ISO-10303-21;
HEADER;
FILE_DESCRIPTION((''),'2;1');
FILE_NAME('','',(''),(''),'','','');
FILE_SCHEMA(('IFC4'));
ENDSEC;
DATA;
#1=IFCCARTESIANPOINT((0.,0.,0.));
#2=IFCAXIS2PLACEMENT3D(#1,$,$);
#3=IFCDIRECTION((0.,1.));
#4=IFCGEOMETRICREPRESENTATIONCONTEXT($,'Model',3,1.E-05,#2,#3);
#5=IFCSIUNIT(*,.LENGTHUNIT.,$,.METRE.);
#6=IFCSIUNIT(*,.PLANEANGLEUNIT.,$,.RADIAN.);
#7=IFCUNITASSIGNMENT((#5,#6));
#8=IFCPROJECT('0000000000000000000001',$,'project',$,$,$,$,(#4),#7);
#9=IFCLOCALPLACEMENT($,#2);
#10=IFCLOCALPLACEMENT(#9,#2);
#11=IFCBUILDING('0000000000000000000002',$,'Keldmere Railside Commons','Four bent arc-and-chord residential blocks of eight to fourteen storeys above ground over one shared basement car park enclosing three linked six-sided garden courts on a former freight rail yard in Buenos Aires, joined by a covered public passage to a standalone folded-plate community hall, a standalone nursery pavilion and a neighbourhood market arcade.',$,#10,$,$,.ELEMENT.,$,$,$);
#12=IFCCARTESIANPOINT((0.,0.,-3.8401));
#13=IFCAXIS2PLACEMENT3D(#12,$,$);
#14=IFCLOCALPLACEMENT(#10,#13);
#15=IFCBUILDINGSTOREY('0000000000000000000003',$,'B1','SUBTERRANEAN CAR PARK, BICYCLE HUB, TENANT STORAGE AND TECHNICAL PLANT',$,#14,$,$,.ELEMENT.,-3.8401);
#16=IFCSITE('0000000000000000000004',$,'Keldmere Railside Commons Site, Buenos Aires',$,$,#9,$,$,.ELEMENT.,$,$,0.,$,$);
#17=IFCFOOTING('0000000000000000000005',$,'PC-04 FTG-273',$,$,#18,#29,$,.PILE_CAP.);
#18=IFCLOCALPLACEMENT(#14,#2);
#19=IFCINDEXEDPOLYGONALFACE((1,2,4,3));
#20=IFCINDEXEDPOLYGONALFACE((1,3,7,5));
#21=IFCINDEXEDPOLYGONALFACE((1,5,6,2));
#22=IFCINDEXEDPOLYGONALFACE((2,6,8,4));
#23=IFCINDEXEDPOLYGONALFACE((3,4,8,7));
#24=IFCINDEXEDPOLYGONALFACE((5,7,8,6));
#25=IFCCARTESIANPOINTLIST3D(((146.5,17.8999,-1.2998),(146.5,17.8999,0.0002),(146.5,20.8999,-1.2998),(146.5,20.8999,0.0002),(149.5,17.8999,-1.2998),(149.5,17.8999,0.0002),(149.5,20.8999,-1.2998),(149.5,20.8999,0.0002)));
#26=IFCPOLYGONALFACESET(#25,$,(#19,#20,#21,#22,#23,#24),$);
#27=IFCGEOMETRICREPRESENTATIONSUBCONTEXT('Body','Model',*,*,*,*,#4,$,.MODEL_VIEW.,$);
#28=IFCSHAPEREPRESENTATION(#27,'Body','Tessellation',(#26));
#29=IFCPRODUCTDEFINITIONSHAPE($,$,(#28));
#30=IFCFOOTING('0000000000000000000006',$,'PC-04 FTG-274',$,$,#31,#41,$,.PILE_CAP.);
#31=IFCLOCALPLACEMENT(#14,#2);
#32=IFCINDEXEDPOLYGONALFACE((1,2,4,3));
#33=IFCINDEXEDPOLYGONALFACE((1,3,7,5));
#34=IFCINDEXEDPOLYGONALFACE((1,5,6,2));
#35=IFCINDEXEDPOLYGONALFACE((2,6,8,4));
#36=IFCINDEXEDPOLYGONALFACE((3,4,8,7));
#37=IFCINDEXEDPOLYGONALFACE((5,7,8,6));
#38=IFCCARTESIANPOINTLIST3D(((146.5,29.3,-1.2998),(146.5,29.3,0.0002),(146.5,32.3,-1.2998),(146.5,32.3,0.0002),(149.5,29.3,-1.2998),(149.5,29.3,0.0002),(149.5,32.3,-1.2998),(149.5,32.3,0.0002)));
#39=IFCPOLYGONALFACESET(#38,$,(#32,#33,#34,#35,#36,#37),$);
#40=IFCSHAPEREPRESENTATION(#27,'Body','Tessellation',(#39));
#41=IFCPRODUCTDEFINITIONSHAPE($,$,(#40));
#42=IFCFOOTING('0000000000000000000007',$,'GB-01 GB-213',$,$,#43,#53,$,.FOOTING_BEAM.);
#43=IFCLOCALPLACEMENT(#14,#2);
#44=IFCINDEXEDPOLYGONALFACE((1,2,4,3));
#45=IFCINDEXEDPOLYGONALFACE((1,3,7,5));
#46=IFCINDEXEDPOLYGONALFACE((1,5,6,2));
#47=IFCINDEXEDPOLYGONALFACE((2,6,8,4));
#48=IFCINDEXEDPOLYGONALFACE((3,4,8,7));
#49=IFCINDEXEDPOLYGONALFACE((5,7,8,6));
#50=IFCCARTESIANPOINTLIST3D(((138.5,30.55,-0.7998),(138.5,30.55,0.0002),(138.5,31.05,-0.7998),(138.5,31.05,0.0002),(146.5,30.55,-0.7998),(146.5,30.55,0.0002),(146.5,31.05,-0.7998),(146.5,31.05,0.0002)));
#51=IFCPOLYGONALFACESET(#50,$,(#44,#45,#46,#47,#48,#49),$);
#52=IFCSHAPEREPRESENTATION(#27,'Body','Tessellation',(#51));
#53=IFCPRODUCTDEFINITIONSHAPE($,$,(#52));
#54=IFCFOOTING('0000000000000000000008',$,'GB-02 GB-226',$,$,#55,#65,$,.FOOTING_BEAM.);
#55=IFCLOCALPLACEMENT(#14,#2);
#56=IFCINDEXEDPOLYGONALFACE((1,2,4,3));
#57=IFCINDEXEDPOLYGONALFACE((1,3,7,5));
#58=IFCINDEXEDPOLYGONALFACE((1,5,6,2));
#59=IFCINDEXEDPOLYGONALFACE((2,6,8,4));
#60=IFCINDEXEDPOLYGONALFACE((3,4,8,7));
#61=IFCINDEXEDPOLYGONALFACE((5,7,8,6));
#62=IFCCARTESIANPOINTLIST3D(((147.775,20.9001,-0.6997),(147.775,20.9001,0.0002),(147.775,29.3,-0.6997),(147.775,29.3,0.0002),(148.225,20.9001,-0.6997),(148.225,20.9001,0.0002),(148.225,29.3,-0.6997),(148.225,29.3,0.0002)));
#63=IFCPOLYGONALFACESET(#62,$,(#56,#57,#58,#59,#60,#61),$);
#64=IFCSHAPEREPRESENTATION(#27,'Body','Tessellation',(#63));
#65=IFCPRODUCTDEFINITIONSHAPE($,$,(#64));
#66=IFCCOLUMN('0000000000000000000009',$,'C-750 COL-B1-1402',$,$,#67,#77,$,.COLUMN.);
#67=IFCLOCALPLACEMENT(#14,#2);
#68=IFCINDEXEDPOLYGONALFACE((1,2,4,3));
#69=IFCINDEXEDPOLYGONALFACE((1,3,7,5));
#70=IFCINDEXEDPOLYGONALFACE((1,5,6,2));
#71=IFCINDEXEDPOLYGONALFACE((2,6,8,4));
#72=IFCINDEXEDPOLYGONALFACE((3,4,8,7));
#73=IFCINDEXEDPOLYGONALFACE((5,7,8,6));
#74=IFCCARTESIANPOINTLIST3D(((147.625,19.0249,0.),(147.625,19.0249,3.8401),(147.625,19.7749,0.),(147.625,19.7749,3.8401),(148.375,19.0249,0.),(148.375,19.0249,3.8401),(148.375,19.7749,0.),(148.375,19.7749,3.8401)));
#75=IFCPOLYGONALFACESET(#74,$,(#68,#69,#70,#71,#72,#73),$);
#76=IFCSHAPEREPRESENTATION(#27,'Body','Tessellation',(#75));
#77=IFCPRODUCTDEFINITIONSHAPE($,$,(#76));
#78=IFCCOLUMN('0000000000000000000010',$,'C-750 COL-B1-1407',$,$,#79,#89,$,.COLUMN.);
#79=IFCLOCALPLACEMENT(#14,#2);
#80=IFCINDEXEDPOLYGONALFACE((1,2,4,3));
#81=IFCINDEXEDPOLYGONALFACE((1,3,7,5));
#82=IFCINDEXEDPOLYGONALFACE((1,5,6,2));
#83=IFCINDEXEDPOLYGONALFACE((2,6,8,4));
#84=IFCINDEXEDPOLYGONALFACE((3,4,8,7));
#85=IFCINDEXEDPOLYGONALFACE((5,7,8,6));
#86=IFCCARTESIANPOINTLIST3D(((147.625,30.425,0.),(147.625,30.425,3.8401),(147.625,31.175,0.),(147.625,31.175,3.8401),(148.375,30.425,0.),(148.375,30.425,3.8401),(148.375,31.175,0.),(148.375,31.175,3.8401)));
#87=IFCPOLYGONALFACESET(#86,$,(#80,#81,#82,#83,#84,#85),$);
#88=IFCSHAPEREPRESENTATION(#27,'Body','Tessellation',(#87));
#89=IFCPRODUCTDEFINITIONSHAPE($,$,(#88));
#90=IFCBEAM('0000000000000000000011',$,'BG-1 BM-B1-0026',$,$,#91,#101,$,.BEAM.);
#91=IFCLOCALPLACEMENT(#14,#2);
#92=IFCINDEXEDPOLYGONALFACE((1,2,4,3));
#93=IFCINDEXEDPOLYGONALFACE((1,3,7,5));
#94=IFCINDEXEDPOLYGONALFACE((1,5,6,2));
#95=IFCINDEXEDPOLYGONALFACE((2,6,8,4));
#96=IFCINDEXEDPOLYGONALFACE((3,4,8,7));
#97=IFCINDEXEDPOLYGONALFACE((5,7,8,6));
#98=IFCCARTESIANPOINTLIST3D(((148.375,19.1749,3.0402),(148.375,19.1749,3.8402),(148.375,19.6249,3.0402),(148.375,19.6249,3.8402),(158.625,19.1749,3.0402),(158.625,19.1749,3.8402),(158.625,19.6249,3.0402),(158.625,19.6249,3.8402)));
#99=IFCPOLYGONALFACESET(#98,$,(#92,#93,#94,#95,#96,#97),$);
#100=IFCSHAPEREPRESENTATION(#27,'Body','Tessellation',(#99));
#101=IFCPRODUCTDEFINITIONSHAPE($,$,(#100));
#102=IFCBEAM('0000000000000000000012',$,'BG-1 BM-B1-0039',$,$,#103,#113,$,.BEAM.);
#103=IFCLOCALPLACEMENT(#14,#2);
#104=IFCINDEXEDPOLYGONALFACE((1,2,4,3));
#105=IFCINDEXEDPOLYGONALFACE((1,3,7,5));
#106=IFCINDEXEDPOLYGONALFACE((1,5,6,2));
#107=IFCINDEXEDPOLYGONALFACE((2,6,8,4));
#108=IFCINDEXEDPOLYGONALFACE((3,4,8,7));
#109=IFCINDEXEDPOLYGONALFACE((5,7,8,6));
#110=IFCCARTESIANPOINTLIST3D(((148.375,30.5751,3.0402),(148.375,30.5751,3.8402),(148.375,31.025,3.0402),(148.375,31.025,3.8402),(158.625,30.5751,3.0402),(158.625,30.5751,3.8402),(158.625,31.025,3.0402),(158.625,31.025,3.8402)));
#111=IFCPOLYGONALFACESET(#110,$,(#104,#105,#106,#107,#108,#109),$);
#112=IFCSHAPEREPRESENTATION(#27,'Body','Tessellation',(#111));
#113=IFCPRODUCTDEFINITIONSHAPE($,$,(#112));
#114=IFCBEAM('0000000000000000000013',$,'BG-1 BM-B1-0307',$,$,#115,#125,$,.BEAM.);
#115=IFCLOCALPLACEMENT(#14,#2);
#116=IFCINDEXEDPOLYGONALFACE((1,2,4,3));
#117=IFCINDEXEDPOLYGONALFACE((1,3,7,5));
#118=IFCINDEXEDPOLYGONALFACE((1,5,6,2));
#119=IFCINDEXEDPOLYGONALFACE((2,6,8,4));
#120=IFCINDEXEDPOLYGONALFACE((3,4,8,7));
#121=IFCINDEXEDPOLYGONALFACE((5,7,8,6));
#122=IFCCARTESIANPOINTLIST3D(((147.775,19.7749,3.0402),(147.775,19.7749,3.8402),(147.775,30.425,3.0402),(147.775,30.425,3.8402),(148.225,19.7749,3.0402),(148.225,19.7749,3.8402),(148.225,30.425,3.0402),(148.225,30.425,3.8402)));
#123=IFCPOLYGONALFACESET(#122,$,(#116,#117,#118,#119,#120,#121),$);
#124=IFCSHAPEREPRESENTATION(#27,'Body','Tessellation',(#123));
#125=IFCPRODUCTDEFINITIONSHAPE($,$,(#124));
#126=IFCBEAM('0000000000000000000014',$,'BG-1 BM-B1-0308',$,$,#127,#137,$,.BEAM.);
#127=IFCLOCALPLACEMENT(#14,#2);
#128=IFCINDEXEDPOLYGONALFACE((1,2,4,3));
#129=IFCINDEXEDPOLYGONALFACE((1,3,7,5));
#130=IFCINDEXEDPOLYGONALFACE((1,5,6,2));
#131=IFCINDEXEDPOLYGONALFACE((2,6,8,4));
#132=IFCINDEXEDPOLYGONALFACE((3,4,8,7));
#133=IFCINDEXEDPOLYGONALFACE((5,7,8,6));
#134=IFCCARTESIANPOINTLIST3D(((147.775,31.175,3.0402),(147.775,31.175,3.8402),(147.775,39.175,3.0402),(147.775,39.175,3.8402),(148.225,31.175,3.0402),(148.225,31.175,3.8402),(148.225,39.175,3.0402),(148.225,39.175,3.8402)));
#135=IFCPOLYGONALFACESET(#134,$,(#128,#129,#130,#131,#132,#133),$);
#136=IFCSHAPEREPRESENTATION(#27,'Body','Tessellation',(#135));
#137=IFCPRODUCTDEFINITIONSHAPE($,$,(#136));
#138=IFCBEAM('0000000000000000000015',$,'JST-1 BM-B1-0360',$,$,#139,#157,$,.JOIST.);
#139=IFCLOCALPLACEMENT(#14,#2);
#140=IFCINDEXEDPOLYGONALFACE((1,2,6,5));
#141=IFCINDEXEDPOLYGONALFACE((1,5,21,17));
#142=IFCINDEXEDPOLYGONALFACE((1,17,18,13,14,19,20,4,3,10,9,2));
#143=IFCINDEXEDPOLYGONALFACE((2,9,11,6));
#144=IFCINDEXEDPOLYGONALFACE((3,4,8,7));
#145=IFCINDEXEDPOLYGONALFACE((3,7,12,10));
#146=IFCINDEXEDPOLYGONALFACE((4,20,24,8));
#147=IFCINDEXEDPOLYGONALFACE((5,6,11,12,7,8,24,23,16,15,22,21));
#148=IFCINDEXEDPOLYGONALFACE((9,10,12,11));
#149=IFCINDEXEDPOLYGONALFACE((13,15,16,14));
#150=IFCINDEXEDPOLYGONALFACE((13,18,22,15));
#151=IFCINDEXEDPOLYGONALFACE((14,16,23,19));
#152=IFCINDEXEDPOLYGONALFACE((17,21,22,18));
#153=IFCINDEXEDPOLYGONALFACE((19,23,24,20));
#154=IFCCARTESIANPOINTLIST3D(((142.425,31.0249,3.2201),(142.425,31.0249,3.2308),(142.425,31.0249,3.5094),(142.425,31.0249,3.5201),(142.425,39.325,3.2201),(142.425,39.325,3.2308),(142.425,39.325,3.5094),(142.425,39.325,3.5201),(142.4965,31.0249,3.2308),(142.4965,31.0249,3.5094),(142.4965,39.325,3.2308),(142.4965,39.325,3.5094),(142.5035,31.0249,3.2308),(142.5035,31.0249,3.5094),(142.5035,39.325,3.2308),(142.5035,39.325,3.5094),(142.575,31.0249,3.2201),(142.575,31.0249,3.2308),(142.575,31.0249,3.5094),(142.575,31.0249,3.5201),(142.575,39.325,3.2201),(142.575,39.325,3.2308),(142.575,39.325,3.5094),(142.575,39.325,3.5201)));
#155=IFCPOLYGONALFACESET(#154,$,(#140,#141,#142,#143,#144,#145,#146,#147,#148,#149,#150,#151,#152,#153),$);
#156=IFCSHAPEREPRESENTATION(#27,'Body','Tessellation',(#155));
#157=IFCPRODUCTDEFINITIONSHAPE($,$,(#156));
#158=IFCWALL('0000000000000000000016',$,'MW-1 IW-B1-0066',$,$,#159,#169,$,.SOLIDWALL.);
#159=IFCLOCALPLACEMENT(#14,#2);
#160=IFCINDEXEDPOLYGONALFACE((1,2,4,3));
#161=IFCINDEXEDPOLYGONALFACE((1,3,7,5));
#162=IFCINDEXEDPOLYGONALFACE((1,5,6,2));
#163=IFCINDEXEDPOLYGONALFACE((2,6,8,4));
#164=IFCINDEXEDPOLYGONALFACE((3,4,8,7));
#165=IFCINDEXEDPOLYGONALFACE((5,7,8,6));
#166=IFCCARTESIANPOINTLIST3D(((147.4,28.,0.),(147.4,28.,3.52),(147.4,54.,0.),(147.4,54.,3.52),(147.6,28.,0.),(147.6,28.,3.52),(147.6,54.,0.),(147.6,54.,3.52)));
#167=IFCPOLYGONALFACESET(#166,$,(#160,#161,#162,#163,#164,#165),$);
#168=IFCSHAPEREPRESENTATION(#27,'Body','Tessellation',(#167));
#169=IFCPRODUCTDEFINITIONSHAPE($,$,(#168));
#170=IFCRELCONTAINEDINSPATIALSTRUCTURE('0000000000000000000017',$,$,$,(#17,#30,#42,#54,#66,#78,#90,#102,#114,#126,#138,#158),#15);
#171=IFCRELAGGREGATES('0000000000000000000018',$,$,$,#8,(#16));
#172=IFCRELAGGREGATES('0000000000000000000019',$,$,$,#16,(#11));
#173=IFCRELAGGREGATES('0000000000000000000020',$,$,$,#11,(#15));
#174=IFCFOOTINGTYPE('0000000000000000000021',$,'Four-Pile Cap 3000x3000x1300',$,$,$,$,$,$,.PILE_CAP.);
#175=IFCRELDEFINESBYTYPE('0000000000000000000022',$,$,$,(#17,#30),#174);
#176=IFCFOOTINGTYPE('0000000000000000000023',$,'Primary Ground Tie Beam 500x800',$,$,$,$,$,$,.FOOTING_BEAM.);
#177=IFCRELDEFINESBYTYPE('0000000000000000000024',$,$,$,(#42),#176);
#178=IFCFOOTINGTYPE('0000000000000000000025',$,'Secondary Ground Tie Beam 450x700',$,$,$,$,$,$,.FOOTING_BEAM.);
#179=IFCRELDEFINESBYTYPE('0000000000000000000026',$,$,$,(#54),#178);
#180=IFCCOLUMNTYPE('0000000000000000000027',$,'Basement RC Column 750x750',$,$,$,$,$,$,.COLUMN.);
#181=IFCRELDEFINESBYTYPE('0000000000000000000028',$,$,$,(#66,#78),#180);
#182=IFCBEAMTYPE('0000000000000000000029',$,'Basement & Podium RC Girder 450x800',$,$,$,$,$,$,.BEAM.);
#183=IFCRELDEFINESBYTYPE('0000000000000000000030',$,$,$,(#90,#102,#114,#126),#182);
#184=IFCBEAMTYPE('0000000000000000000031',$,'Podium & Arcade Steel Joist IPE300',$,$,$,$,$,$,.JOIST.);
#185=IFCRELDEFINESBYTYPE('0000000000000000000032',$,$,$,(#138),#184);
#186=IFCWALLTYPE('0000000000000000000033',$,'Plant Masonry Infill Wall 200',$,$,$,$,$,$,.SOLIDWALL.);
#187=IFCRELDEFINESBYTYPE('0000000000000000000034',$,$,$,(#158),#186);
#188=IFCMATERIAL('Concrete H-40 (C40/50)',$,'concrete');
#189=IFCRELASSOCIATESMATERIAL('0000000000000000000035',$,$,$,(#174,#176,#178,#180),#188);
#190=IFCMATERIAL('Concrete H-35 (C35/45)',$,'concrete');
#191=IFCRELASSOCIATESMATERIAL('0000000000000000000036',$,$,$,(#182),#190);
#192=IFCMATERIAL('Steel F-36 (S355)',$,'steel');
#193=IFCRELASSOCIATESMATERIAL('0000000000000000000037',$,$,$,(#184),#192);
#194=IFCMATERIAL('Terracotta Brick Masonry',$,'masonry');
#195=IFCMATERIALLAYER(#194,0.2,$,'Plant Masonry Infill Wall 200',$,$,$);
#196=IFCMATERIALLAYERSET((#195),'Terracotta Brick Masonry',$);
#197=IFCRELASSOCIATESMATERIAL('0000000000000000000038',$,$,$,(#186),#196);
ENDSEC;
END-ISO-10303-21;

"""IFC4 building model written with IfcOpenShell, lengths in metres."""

from ifc_helpers import new_model, si_unit, direction, frame, frame_2d, origin, origin_2d, place, context, subcontext, project, spatial, rectangle, i_section, extrude, material, layer, layer_set, material_profile, profile_set, type_object, element, save


model = new_model("IFC4")

# Units and contexts
model_context = context("Model", 3, precision=1e-05, world=origin(), true_north=direction((0.0, 1.0)))
body_context = subcontext(model_context, "Body", "Model", "MODEL_VIEW")
ifc_project = project(units=[si_unit("LENGTHUNIT", "METRE"), si_unit("PLANEANGLEUNIT", "RADIAN")], contexts=[model_context])

# Site, building, storey
site_placement = place(None, origin())
site = spatial("IfcSite", under=ifc_project, at=site_placement, Name="Keldmere Railside Commons Site, Buenos Aires", CompositionType="ELEMENT", RefElevation=0.0)
building_placement = place(site_placement, origin())
building = spatial("IfcBuilding", under=site, at=building_placement, Name="Keldmere Railside Commons", Description="Four bent arc-and-chord residential blocks of eight to fourteen storeys above ground over one shared basement car park enclosing three linked six-sided garden courts on a former freight rail yard in Buenos Aires, joined by a covered public passage to a standalone folded-plate community hall, a standalone nursery pavilion and a neighbourhood market arcade.", CompositionType="ELEMENT")
storey_placement = place(building_placement, frame((0.0, 0.0, -3.8401)))
storey = spatial("IfcBuildingStorey", under=building, at=storey_placement, Name="B1", Description="SUBTERRANEAN CAR PARK, BICYCLE HUB, TENANT STORAGE AND TECHNICAL PLANT", CompositionType="ELEMENT", Elevation=-3.8401)

# Footings
ifc_material_1 = material(Name="Concrete H-40 (C40/50)", Category="concrete")
footing_type_1 = type_object("IfcFootingType", Name="Four-Pile Cap 3000x3000x1300", PredefinedType="PILE_CAP", material=ifc_material_1)
for number, where, z_axis, x_axis, name in (
    (1, (148.0, 19.3999, -1.2998), (0.0, 0.0, 1.0), (1.0, 0.0, 0.0), "PC-04 FTG-273"),
    (2, (148.0, 30.8, -1.2998), (0.0, 0.0, 1.0), (1.0, 0.0, 0.0), "PC-04 FTG-274"),
):
    element("IfcFooting", number, at=place(storey_placement, frame(where, z_axis=z_axis, x_axis=x_axis)), inside=storey, type_object=footing_type_1, Name=name, PredefinedType="PILE_CAP", context=body_context, shape_type="SweptSolid", body=[
        extrude(rectangle(XDim=3.0, YDim=3.0, at=origin_2d()), origin(), (0.0, 0.0, 1.0), 1.3),
    ])
footing_type_2 = type_object("IfcFootingType", Name="Primary Ground Tie Beam 500x800", PredefinedType="FOOTING_BEAM", material=ifc_material_1)
footing_1_placement = place(storey_placement, frame((142.5, 30.8, -0.7998), z_axis=(0.0, 0.0, 1.0), x_axis=(1.0, 0.0, 0.0)))
element("IfcFooting", 3, at=footing_1_placement, inside=storey, type_object=footing_type_2, Name="GB-01 GB-213", PredefinedType="FOOTING_BEAM", context=body_context, shape_type="SweptSolid", body=[
    extrude(rectangle(XDim=8.0, YDim=0.5, at=origin_2d()), origin(), (0.0, 0.0, 1.0), 0.8),
])
footing_type_3 = type_object("IfcFootingType", Name="Secondary Ground Tie Beam 450x700", PredefinedType="FOOTING_BEAM", material=ifc_material_1)
footing_2_placement = place(storey_placement, frame((148.0, 25.1001, -0.6997), z_axis=(0.0, 0.0, 1.0), x_axis=(0.0, 1.0, 0.0)))
element("IfcFooting", 4, at=footing_2_placement, inside=storey, type_object=footing_type_3, Name="GB-02 GB-226", PredefinedType="FOOTING_BEAM", context=body_context, shape_type="SweptSolid", body=[
    extrude(rectangle(XDim=8.3999, YDim=0.45, at=origin_2d()), origin(), (0.0, 0.0, 1.0), 0.7),
])

# Columns
ifc_material_profile_1 = material_profile(ifc_material_1, rectangle(XDim=0.75, YDim=0.75, at=origin_2d()), Name="RC-750x750")
ifc_profile_set_1 = profile_set([ifc_material_profile_1], Name="Concrete H-40 (C40/50)")
column_type = type_object("IfcColumnType", Name="Basement RC Column 750x750", PredefinedType="COLUMN", material=ifc_profile_set_1)
for number, where, z_axis, x_axis, name in (
    (5, (148.0, 19.3999, 0.0), (0.0, 0.0, 1.0), (1.0, 0.0, 0.0), "C-750 COL-B1-1402"),
    (6, (148.0, 30.8, 0.0), (0.0, 0.0, 1.0), (1.0, 0.0, 0.0), "C-750 COL-B1-1407"),
):
    element("IfcColumn", number, at=place(storey_placement, frame(where, z_axis=z_axis, x_axis=x_axis)), inside=storey, type_object=column_type, Name=name, PredefinedType="COLUMN", context=body_context, shape_type="SweptSolid", body=[
        extrude(rectangle(XDim=0.75, YDim=0.75, at=origin_2d()), origin(), (0.0, 0.0, 1.0), 3.8401),
    ])

# Beams
ifc_material_2 = material(Name="Concrete H-35 (C35/45)", Category="concrete")
ifc_material_profile_2 = material_profile(ifc_material_2, rectangle(XDim=0.45, YDim=0.8, at=origin_2d()), Name="RC-450x800")
ifc_profile_set_2 = profile_set([ifc_material_profile_2], Name="Concrete H-35 (C35/45)")
beam_type_1 = type_object("IfcBeamType", Name="Basement & Podium RC Girder 450x800", PredefinedType="BEAM", material=ifc_profile_set_2)
for number, where, z_axis, x_axis, name in (
    (7, (148.375, 19.3999, 3.4402), (1.0, 0.0, 0.0), (0.0, 1.0, 0.0), "BG-1 BM-B1-0026"),
    (8, (148.375, 30.8, 3.4402), (1.0, 0.0, 0.0), (0.0, 1.0, 0.0), "BG-1 BM-B1-0039"),
):
    element("IfcBeam", number, at=place(storey_placement, frame(where, z_axis=z_axis, x_axis=x_axis)), inside=storey, type_object=beam_type_1, Name=name, PredefinedType="BEAM", context=body_context, shape_type="SweptSolid", body=[
        extrude(rectangle(XDim=0.45, YDim=0.8, at=origin_2d()), origin(), (0.0, 0.0, 1.0), 10.25),
    ])
beam_1_placement = place(storey_placement, frame((148.0, 19.7749, 3.4402), z_axis=(0.0, 1.0, 0.0), x_axis=(-1.0, 0.0, 0.0)))
element("IfcBeam", 9, at=beam_1_placement, inside=storey, type_object=beam_type_1, Name="BG-1 BM-B1-0307", PredefinedType="BEAM", context=body_context, shape_type="SweptSolid", body=[
    extrude(rectangle(XDim=0.45, YDim=0.8, at=origin_2d()), origin(), (0.0, 0.0, 1.0), 10.6501),
])
beam_2_placement = place(storey_placement, frame((148.0, 31.175, 3.4402), z_axis=(0.0, 1.0, 0.0), x_axis=(-1.0, 0.0, 0.0)))
element("IfcBeam", 10, at=beam_2_placement, inside=storey, type_object=beam_type_1, Name="BG-1 BM-B1-0308", PredefinedType="BEAM", context=body_context, shape_type="SweptSolid", body=[
    extrude(rectangle(XDim=0.45, YDim=0.8, at=origin_2d()), origin(), (0.0, 0.0, 1.0), 8.0),
])
ifc_material_3 = material(Name="Steel F-36 (S355)", Category="steel")
ifc_material_profile_3 = material_profile(ifc_material_3, i_section(OverallWidth=0.1499, OverallDepth=0.3, WebThickness=0.0071, FlangeThickness=0.0107, at=origin_2d()), Name="IPE-300")
ifc_profile_set_3 = profile_set([ifc_material_profile_3], Name="Steel F-36 (S355)")
beam_type_2 = type_object("IfcBeamType", Name="Podium & Arcade Steel Joist IPE300", PredefinedType="JOIST", material=ifc_profile_set_3)
beam_3_placement = place(storey_placement, frame((142.5, 31.0249, 3.3701), z_axis=(0.0, 1.0, 0.0), x_axis=(-1.0, 0.0, 0.0)))
element("IfcBeam", 11, at=beam_3_placement, inside=storey, type_object=beam_type_2, Name="JST-1 BM-B1-0360", PredefinedType="JOIST", context=body_context, shape_type="SweptSolid", body=[
    extrude(i_section(OverallWidth=0.1499, OverallDepth=0.3, WebThickness=0.0071, FlangeThickness=0.0107, at=origin_2d()), origin(), (0.0, 0.0, 1.0), 8.3),
])

# Wall
ifc_material_4 = material(Name="Terracotta Brick Masonry", Category="masonry")
ifc_layer = layer(ifc_material_4, 0.2, Name="Plant Masonry Infill Wall 200")
ifc_layer_set = layer_set([ifc_layer], Name="Terracotta Brick Masonry")
wall_type = type_object("IfcWallType", Name="Plant Masonry Infill Wall 200", PredefinedType="SOLIDWALL", material=ifc_layer_set)
wall_1_placement = place(storey_placement, frame((147.5, 28.0, 0.0), z_axis=(0.0, 0.0, 1.0), x_axis=(0.0, 1.0, 0.0)))
element("IfcWall", 12, at=wall_1_placement, inside=storey, type_object=wall_type, Name="MW-1 IW-B1-0066", PredefinedType="SOLIDWALL", context=body_context, shape_type="SweptSolid", body=[
    extrude(rectangle(XDim=26.0, YDim=0.2, at=frame_2d((13.0, 0.0))), origin(), (0.0, 0.0, 1.0), 3.52),
])

save(model, "model.ifc")
